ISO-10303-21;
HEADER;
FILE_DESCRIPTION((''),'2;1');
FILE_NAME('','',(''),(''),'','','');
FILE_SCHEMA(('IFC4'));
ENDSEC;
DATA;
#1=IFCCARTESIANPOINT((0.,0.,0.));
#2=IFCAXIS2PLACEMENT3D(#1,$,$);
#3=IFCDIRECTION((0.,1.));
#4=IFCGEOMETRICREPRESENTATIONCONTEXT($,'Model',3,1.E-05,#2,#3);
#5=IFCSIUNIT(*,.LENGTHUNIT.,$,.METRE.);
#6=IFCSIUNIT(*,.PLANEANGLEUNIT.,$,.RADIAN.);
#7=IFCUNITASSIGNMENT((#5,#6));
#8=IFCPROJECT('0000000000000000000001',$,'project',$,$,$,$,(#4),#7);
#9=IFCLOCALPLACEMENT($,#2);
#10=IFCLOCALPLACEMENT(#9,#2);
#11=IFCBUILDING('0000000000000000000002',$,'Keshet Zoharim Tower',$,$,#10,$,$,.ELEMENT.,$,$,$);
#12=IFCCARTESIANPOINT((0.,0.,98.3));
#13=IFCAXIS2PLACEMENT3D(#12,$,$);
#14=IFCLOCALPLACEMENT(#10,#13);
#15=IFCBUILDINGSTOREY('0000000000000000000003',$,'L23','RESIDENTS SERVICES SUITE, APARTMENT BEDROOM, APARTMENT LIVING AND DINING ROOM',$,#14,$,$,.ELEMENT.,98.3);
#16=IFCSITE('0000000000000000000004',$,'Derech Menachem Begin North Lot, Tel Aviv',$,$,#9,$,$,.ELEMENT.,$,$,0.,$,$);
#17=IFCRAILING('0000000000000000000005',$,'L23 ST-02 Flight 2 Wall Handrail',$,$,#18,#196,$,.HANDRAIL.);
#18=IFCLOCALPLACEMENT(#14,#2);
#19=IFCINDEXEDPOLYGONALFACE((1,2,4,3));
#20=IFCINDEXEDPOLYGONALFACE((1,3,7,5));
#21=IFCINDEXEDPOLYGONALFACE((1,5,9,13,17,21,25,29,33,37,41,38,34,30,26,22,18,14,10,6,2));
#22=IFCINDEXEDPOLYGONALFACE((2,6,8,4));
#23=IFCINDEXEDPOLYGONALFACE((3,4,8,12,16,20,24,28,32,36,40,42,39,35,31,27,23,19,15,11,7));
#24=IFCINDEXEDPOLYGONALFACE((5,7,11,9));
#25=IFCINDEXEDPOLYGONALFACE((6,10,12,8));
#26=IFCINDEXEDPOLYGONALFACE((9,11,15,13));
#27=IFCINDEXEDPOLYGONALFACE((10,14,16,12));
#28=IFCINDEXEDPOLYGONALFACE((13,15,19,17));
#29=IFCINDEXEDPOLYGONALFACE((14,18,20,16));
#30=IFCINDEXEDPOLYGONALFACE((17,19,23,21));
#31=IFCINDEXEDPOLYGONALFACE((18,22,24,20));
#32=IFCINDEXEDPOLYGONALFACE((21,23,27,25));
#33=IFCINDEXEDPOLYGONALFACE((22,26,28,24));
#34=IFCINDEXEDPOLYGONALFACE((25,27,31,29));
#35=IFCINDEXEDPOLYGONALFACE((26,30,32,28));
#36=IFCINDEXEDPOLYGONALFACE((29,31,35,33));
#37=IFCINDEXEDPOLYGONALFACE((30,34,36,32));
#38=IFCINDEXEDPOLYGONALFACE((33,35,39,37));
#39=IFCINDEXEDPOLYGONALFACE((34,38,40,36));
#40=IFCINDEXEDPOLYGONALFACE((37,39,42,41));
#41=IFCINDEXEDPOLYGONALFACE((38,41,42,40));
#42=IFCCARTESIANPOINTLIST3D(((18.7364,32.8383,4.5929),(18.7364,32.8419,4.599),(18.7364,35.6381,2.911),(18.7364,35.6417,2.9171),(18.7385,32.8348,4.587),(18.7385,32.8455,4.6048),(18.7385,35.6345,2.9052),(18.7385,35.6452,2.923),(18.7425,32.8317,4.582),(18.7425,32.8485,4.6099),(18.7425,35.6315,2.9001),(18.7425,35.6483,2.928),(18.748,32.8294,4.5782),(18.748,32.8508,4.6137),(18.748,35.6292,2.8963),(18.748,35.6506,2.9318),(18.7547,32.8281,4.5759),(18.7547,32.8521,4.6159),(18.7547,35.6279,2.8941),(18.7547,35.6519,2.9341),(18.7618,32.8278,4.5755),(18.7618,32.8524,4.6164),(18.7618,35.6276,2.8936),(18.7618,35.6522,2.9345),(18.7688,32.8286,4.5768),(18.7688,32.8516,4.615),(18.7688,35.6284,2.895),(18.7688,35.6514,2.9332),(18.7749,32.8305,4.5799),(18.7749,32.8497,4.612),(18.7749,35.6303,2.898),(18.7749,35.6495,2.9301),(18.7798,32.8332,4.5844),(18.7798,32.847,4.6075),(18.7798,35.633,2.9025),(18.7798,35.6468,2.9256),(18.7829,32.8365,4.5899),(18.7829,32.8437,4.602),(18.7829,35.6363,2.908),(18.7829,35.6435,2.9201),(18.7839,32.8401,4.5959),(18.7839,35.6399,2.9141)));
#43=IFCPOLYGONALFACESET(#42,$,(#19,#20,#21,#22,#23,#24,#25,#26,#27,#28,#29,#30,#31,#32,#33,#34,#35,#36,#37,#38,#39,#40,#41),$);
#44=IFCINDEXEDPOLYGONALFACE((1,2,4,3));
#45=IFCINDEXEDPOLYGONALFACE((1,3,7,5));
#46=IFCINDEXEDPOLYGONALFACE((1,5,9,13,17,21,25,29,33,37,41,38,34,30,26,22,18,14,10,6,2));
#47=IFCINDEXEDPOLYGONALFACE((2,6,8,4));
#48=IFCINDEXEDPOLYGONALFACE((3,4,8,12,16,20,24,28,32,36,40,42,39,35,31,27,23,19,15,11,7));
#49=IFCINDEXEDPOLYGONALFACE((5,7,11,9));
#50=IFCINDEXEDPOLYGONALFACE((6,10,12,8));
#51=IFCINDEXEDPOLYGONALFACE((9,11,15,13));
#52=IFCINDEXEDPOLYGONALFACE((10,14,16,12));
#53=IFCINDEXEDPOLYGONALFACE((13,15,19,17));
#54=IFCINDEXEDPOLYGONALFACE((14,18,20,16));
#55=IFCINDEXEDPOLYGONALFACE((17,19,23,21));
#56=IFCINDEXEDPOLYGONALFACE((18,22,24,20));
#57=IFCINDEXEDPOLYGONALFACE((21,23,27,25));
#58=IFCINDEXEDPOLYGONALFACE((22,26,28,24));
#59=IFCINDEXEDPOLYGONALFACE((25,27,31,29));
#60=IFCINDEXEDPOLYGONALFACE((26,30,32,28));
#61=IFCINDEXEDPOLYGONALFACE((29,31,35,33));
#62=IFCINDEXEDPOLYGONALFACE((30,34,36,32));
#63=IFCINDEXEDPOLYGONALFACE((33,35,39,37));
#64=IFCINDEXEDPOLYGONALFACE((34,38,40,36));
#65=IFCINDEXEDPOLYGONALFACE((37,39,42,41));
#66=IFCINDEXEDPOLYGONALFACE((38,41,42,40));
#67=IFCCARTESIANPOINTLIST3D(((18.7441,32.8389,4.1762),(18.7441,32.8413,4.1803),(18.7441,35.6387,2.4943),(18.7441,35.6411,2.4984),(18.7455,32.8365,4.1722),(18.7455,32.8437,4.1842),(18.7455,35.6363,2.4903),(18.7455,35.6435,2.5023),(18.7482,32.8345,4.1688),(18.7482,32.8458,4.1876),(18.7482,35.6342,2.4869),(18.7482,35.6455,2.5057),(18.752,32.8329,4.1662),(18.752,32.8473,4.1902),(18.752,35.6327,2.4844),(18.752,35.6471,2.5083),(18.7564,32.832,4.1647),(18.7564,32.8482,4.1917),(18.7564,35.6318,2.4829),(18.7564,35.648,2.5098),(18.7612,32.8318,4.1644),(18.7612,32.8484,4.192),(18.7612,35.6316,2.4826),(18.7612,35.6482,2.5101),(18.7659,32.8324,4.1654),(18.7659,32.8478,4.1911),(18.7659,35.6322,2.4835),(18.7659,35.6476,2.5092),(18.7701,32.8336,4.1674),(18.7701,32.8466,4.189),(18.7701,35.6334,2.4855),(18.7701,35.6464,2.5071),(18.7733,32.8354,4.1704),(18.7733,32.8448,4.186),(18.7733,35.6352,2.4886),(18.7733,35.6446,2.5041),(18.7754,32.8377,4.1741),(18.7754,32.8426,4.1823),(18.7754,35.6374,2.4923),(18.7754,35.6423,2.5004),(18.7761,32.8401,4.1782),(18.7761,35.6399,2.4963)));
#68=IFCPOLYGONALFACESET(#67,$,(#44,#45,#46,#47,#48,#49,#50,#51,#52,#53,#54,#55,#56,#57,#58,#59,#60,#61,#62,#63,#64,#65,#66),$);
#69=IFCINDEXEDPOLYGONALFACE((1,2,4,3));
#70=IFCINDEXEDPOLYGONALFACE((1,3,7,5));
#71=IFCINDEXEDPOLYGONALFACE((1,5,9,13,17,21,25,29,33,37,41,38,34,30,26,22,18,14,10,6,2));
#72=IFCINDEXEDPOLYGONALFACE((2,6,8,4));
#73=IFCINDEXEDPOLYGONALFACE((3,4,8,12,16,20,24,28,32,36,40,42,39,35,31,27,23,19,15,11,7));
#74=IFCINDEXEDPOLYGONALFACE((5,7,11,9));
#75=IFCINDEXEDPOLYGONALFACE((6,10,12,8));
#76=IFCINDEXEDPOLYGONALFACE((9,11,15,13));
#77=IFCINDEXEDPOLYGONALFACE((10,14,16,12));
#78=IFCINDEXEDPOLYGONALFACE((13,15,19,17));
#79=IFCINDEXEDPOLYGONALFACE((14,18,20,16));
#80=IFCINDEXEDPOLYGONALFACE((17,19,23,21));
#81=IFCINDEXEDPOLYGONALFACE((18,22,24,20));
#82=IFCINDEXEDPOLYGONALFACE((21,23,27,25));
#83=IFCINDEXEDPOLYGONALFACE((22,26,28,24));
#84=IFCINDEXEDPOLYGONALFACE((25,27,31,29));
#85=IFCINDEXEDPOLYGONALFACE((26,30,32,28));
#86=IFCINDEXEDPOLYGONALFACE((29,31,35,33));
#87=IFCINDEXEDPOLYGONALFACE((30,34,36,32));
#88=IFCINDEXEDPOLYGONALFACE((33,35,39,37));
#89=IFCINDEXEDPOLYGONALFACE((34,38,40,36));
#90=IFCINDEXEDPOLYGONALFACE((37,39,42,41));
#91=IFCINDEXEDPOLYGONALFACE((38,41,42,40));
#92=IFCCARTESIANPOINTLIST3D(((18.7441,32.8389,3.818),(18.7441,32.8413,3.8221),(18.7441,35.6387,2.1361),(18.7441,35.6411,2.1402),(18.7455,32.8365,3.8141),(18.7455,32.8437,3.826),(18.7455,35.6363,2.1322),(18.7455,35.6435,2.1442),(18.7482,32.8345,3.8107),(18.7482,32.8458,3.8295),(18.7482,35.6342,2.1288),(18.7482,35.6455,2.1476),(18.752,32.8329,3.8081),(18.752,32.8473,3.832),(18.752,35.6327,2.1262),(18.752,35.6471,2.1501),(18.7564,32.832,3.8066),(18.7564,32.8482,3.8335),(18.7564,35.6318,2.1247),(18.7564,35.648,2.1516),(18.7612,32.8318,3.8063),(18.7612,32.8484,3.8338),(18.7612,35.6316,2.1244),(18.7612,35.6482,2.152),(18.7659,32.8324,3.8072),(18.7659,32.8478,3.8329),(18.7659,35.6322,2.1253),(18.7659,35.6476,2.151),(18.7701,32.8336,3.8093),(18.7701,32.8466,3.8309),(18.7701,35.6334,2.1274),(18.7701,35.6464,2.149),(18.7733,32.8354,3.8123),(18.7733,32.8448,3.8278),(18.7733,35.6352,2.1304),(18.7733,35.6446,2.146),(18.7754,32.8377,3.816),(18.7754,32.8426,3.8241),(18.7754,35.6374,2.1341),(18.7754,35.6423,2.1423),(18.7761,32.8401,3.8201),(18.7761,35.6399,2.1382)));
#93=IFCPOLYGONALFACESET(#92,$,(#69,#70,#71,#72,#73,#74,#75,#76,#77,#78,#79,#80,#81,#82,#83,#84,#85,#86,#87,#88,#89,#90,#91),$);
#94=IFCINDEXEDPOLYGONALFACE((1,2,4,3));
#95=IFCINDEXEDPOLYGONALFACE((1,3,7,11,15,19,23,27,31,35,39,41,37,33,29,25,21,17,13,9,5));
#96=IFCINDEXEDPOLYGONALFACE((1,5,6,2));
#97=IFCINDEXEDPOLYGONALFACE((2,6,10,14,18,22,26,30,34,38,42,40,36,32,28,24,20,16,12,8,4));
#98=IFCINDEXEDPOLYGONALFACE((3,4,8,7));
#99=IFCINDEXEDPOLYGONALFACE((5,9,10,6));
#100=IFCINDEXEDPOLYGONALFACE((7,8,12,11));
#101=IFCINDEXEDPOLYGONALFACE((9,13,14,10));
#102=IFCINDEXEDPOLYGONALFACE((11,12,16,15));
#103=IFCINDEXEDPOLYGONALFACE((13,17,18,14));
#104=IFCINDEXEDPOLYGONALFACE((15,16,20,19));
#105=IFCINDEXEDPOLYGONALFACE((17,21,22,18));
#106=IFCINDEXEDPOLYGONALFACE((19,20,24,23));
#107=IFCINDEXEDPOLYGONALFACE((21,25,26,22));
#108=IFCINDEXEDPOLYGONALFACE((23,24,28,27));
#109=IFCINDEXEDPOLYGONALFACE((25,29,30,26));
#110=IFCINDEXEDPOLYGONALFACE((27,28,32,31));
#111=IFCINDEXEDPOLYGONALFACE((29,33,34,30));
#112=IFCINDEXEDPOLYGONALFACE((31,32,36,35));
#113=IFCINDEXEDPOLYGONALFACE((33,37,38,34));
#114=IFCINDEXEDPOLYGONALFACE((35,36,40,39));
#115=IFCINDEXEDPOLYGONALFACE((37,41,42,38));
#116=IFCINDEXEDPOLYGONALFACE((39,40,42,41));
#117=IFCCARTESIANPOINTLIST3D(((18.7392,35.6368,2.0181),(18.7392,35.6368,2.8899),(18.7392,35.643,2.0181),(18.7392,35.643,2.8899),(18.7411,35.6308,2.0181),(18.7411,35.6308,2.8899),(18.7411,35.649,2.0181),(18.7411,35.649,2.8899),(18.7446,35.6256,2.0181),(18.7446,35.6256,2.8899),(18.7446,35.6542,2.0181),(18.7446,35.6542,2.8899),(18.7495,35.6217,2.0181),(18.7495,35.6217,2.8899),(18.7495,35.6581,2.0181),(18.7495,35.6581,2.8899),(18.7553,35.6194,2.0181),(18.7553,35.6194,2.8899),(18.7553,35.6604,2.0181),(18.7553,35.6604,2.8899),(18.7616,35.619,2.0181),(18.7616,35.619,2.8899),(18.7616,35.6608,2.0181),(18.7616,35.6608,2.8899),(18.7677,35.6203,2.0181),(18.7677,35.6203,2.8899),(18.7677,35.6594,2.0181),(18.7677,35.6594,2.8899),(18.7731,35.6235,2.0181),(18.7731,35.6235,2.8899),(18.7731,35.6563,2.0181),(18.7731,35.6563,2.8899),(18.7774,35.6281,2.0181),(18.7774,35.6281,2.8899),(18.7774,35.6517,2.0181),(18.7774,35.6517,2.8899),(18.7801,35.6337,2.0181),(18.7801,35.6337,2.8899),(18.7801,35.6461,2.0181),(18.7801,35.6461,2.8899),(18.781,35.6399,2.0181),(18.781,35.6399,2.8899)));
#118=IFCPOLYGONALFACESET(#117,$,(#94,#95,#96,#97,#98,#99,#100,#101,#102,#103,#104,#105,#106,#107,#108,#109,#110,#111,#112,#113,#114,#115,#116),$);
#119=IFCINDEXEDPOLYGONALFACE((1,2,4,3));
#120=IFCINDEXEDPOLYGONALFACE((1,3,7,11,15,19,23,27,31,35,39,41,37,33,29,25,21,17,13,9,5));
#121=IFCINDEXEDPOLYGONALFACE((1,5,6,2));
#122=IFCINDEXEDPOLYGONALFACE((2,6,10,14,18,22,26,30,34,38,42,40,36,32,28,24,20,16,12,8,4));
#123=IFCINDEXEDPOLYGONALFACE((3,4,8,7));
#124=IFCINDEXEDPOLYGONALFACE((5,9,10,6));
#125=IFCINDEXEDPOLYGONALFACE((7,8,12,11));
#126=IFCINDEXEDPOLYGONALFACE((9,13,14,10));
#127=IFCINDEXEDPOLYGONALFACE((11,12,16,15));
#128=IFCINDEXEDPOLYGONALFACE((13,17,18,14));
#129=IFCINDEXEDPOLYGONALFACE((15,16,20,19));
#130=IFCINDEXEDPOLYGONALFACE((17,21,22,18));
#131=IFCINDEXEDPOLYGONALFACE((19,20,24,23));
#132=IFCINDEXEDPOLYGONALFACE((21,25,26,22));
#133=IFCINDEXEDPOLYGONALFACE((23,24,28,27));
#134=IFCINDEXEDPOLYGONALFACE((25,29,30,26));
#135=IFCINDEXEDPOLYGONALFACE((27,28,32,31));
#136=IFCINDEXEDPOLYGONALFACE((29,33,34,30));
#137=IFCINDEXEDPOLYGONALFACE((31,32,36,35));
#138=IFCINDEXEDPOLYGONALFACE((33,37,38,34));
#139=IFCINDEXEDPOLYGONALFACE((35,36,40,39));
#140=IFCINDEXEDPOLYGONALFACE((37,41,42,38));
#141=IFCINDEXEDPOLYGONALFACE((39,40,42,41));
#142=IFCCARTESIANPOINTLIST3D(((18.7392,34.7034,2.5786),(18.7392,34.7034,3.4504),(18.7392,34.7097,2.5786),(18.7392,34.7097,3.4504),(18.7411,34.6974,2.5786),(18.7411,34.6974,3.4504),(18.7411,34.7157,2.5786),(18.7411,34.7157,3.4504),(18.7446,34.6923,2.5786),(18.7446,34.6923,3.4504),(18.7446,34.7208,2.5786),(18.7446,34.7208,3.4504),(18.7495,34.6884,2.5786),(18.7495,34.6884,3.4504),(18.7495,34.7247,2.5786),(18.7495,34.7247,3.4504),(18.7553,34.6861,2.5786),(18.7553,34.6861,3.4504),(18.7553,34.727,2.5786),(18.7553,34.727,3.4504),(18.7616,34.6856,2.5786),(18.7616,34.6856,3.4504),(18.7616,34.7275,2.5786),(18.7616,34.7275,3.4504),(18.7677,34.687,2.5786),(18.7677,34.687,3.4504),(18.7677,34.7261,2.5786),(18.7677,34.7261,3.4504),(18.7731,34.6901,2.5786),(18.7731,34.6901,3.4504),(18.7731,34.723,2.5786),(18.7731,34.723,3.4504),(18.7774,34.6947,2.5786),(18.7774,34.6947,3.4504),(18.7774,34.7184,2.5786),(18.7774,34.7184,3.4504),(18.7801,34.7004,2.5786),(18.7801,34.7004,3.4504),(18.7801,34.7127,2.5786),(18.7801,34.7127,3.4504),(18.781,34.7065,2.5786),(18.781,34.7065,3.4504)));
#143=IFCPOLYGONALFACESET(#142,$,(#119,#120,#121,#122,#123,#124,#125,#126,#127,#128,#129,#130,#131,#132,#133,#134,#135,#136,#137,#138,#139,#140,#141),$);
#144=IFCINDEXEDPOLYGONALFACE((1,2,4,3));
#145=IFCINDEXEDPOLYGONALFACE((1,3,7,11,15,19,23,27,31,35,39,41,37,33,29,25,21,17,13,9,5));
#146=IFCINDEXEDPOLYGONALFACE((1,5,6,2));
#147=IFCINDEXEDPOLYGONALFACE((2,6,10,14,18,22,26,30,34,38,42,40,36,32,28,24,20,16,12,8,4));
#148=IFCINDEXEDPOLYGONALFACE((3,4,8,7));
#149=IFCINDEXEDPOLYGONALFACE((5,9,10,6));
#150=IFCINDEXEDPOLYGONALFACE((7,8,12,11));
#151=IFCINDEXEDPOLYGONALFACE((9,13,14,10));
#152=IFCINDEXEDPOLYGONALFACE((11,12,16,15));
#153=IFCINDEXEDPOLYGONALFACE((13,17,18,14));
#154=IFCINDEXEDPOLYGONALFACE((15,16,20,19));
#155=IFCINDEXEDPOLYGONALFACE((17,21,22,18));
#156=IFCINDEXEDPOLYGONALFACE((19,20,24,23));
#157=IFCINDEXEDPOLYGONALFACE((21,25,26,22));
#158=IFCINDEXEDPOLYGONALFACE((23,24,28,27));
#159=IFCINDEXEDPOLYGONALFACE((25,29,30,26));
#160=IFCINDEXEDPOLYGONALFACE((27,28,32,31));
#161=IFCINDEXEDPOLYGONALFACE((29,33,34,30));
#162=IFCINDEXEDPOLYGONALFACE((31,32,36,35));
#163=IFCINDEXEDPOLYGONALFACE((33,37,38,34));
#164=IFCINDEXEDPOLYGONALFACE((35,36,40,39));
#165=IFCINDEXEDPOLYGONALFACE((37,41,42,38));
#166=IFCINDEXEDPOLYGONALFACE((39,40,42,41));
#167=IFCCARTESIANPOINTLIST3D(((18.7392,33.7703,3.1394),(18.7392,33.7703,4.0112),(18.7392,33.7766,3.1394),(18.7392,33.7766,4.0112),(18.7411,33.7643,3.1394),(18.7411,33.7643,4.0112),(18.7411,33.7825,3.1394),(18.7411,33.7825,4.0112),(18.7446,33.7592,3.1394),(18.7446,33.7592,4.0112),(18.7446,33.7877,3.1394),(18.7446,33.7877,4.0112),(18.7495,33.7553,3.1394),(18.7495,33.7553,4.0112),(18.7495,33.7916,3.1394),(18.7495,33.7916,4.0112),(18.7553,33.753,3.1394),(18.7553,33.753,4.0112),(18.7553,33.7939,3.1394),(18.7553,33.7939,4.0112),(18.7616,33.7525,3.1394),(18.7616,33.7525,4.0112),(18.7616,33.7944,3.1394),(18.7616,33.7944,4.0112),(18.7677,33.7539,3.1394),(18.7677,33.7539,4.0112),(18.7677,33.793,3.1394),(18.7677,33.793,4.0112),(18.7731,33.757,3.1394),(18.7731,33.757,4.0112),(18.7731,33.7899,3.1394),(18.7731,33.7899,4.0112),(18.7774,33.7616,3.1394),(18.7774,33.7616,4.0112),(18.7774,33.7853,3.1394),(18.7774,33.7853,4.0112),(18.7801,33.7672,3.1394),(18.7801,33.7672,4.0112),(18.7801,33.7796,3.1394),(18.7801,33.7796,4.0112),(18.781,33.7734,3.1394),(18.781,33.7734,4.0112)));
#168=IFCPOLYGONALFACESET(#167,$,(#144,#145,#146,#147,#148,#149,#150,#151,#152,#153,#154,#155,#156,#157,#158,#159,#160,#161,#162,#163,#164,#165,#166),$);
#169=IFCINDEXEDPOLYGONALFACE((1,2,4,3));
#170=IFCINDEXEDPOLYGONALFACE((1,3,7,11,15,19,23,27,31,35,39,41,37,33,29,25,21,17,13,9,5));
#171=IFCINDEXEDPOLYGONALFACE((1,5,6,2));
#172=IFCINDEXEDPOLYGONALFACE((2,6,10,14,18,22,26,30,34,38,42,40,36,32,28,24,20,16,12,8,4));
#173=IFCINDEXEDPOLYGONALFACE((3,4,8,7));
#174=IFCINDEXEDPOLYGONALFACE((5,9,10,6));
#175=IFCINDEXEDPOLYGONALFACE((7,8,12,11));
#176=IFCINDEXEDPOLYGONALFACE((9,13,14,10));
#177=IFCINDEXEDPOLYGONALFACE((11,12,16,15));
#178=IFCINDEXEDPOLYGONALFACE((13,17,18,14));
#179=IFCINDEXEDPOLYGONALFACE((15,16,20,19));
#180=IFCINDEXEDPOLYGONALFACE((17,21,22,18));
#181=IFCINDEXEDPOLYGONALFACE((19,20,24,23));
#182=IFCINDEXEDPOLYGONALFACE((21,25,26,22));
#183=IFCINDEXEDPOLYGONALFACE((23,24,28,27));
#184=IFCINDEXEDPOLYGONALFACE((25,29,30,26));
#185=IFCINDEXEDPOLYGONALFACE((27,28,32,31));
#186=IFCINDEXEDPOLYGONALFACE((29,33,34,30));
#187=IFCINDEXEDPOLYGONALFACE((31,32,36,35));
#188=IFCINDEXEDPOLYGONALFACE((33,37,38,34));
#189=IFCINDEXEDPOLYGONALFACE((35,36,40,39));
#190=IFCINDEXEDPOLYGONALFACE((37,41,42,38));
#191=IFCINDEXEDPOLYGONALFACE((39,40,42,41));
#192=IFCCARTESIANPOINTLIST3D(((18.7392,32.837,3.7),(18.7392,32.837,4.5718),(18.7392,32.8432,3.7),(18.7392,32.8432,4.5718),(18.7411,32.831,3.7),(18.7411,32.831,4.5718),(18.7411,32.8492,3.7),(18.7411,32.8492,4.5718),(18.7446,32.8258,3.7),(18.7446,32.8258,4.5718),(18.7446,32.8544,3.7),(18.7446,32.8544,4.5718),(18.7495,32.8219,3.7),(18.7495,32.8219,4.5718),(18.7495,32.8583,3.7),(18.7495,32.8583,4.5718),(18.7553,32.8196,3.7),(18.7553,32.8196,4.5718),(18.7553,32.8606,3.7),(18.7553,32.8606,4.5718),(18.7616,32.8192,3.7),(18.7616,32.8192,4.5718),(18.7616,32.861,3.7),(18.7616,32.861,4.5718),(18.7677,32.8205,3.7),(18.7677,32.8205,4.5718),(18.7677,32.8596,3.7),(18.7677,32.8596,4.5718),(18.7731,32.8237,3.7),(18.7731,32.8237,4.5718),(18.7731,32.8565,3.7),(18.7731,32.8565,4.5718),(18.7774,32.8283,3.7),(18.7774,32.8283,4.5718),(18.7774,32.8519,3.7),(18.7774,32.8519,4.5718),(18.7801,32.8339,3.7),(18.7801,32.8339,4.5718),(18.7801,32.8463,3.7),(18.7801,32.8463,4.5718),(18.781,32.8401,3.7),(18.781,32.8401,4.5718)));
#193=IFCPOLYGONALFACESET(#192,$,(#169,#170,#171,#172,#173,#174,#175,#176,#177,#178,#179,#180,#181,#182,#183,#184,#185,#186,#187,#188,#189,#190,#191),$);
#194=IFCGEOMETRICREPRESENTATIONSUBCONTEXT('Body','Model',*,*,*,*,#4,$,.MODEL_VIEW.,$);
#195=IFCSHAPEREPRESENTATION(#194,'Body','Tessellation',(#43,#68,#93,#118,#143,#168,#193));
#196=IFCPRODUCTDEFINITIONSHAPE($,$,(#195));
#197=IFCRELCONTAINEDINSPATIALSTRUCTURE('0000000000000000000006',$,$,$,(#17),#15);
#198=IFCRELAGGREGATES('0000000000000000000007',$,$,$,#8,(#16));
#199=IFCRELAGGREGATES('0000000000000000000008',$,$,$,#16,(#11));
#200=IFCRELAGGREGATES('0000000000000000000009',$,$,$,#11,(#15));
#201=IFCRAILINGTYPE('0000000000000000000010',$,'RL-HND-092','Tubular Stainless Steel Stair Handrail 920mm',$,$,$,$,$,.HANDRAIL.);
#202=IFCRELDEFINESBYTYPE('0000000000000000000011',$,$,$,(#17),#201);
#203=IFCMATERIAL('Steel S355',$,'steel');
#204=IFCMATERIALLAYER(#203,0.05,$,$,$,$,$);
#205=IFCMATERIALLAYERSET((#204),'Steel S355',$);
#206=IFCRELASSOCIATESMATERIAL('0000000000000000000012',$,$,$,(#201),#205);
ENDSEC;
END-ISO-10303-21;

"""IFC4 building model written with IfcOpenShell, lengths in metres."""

from ifc_helpers import new_model, si_unit, direction, frame, origin, origin_2d, place, context, subcontext, project, spatial, circle, extrude, material, layer, layer_set, type_object, element, save


model = new_model("IFC4")

# Units and contexts
model_context = context("Model", 3, precision=1e-05, world=origin(), true_north=direction((0.0, 1.0)))
body_context = subcontext(model_context, "Body", "Model", "MODEL_VIEW")
ifc_project = project(units=[si_unit("LENGTHUNIT", "METRE"), si_unit("PLANEANGLEUNIT", "RADIAN")], contexts=[model_context])

# Site, building, storey
site_placement = place(None, origin())
site = spatial("IfcSite", under=ifc_project, at=site_placement, Name="Derech Menachem Begin North Lot, Tel Aviv", CompositionType="ELEMENT", RefElevation=0.0)
building_placement = place(site_placement, origin())
building = spatial("IfcBuilding", under=site, at=building_placement, Name="Keshet Zoharim Tower", CompositionType="ELEMENT")
storey_placement = place(building_placement, frame((0.0, 0.0, 98.3)))
storey = spatial("IfcBuildingStorey", under=building, at=storey_placement, Name="L23", Description="RESIDENTS SERVICES SUITE, APARTMENT BEDROOM, APARTMENT LIVING AND DINING ROOM", CompositionType="ELEMENT", Elevation=98.3)

# Shared definitions
ifc_material_1 = material(Name="Steel S355", Category="steel")

# Railing
ifc_layer_1 = layer(ifc_material_1, 0.05)
ifc_layer_set_1 = layer_set([ifc_layer_1], Name="Steel S355")
railing_type = type_object("IfcRailingType", Name="RL-HND-092", Description="Tubular Stainless Steel Stair Handrail 920mm", PredefinedType="HANDRAIL", material=ifc_layer_set_1)
railing_placement = place(storey_placement, frame((18.76, 35.6399, 2.0181)))
element("IfcRailing", 1, at=railing_placement, inside=storey, type_object=railing_type, Name="L23 ST-02 Flight 2 Wall Handrail", PredefinedType="HANDRAIL", context=body_context, shape_type="SweptSolid", body=[
    extrude(circle(Radius=0.0239, at=origin_2d()), frame((0.0, 0.0, 0.896), z_axis=(0.0, -0.857222, 0.514946), x_axis=(1.0, 0.0, 0.0)), (0.0, 0.0, 1.0), 3.2661),
    extrude(circle(Radius=0.0161, at=origin_2d()), frame((0.0, 0.0, 0.4783), z_axis=(0.0, -0.857222, 0.514946), x_axis=(1.0, 0.0, 0.0)), (0.0, 0.0, 1.0), 3.2661),
    extrude(circle(Radius=0.0161, at=origin_2d()), frame((0.0, 0.0, 0.1201), z_axis=(0.0, -0.857222, 0.514946), x_axis=(1.0, 0.0, 0.0)), (0.0, 0.0, 1.0), 3.2661),
    extrude(circle(Radius=0.021, at=origin_2d()), origin(), (0.0, 0.0, 1.0), 0.8718),
    extrude(circle(Radius=0.021, at=origin_2d()), frame((0.0, -0.9333, 0.5605)), (0.0, 0.0, 1.0), 0.8718),
    extrude(circle(Radius=0.021, at=origin_2d()), frame((0.0, -1.8665, 1.1213)), (0.0, 0.0, 1.0), 0.8718),
    extrude(circle(Radius=0.021, at=origin_2d()), frame((0.0, -2.7998, 1.6819)), (0.0, 0.0, 1.0), 0.8718),
])

save(model, "model.ifc")
